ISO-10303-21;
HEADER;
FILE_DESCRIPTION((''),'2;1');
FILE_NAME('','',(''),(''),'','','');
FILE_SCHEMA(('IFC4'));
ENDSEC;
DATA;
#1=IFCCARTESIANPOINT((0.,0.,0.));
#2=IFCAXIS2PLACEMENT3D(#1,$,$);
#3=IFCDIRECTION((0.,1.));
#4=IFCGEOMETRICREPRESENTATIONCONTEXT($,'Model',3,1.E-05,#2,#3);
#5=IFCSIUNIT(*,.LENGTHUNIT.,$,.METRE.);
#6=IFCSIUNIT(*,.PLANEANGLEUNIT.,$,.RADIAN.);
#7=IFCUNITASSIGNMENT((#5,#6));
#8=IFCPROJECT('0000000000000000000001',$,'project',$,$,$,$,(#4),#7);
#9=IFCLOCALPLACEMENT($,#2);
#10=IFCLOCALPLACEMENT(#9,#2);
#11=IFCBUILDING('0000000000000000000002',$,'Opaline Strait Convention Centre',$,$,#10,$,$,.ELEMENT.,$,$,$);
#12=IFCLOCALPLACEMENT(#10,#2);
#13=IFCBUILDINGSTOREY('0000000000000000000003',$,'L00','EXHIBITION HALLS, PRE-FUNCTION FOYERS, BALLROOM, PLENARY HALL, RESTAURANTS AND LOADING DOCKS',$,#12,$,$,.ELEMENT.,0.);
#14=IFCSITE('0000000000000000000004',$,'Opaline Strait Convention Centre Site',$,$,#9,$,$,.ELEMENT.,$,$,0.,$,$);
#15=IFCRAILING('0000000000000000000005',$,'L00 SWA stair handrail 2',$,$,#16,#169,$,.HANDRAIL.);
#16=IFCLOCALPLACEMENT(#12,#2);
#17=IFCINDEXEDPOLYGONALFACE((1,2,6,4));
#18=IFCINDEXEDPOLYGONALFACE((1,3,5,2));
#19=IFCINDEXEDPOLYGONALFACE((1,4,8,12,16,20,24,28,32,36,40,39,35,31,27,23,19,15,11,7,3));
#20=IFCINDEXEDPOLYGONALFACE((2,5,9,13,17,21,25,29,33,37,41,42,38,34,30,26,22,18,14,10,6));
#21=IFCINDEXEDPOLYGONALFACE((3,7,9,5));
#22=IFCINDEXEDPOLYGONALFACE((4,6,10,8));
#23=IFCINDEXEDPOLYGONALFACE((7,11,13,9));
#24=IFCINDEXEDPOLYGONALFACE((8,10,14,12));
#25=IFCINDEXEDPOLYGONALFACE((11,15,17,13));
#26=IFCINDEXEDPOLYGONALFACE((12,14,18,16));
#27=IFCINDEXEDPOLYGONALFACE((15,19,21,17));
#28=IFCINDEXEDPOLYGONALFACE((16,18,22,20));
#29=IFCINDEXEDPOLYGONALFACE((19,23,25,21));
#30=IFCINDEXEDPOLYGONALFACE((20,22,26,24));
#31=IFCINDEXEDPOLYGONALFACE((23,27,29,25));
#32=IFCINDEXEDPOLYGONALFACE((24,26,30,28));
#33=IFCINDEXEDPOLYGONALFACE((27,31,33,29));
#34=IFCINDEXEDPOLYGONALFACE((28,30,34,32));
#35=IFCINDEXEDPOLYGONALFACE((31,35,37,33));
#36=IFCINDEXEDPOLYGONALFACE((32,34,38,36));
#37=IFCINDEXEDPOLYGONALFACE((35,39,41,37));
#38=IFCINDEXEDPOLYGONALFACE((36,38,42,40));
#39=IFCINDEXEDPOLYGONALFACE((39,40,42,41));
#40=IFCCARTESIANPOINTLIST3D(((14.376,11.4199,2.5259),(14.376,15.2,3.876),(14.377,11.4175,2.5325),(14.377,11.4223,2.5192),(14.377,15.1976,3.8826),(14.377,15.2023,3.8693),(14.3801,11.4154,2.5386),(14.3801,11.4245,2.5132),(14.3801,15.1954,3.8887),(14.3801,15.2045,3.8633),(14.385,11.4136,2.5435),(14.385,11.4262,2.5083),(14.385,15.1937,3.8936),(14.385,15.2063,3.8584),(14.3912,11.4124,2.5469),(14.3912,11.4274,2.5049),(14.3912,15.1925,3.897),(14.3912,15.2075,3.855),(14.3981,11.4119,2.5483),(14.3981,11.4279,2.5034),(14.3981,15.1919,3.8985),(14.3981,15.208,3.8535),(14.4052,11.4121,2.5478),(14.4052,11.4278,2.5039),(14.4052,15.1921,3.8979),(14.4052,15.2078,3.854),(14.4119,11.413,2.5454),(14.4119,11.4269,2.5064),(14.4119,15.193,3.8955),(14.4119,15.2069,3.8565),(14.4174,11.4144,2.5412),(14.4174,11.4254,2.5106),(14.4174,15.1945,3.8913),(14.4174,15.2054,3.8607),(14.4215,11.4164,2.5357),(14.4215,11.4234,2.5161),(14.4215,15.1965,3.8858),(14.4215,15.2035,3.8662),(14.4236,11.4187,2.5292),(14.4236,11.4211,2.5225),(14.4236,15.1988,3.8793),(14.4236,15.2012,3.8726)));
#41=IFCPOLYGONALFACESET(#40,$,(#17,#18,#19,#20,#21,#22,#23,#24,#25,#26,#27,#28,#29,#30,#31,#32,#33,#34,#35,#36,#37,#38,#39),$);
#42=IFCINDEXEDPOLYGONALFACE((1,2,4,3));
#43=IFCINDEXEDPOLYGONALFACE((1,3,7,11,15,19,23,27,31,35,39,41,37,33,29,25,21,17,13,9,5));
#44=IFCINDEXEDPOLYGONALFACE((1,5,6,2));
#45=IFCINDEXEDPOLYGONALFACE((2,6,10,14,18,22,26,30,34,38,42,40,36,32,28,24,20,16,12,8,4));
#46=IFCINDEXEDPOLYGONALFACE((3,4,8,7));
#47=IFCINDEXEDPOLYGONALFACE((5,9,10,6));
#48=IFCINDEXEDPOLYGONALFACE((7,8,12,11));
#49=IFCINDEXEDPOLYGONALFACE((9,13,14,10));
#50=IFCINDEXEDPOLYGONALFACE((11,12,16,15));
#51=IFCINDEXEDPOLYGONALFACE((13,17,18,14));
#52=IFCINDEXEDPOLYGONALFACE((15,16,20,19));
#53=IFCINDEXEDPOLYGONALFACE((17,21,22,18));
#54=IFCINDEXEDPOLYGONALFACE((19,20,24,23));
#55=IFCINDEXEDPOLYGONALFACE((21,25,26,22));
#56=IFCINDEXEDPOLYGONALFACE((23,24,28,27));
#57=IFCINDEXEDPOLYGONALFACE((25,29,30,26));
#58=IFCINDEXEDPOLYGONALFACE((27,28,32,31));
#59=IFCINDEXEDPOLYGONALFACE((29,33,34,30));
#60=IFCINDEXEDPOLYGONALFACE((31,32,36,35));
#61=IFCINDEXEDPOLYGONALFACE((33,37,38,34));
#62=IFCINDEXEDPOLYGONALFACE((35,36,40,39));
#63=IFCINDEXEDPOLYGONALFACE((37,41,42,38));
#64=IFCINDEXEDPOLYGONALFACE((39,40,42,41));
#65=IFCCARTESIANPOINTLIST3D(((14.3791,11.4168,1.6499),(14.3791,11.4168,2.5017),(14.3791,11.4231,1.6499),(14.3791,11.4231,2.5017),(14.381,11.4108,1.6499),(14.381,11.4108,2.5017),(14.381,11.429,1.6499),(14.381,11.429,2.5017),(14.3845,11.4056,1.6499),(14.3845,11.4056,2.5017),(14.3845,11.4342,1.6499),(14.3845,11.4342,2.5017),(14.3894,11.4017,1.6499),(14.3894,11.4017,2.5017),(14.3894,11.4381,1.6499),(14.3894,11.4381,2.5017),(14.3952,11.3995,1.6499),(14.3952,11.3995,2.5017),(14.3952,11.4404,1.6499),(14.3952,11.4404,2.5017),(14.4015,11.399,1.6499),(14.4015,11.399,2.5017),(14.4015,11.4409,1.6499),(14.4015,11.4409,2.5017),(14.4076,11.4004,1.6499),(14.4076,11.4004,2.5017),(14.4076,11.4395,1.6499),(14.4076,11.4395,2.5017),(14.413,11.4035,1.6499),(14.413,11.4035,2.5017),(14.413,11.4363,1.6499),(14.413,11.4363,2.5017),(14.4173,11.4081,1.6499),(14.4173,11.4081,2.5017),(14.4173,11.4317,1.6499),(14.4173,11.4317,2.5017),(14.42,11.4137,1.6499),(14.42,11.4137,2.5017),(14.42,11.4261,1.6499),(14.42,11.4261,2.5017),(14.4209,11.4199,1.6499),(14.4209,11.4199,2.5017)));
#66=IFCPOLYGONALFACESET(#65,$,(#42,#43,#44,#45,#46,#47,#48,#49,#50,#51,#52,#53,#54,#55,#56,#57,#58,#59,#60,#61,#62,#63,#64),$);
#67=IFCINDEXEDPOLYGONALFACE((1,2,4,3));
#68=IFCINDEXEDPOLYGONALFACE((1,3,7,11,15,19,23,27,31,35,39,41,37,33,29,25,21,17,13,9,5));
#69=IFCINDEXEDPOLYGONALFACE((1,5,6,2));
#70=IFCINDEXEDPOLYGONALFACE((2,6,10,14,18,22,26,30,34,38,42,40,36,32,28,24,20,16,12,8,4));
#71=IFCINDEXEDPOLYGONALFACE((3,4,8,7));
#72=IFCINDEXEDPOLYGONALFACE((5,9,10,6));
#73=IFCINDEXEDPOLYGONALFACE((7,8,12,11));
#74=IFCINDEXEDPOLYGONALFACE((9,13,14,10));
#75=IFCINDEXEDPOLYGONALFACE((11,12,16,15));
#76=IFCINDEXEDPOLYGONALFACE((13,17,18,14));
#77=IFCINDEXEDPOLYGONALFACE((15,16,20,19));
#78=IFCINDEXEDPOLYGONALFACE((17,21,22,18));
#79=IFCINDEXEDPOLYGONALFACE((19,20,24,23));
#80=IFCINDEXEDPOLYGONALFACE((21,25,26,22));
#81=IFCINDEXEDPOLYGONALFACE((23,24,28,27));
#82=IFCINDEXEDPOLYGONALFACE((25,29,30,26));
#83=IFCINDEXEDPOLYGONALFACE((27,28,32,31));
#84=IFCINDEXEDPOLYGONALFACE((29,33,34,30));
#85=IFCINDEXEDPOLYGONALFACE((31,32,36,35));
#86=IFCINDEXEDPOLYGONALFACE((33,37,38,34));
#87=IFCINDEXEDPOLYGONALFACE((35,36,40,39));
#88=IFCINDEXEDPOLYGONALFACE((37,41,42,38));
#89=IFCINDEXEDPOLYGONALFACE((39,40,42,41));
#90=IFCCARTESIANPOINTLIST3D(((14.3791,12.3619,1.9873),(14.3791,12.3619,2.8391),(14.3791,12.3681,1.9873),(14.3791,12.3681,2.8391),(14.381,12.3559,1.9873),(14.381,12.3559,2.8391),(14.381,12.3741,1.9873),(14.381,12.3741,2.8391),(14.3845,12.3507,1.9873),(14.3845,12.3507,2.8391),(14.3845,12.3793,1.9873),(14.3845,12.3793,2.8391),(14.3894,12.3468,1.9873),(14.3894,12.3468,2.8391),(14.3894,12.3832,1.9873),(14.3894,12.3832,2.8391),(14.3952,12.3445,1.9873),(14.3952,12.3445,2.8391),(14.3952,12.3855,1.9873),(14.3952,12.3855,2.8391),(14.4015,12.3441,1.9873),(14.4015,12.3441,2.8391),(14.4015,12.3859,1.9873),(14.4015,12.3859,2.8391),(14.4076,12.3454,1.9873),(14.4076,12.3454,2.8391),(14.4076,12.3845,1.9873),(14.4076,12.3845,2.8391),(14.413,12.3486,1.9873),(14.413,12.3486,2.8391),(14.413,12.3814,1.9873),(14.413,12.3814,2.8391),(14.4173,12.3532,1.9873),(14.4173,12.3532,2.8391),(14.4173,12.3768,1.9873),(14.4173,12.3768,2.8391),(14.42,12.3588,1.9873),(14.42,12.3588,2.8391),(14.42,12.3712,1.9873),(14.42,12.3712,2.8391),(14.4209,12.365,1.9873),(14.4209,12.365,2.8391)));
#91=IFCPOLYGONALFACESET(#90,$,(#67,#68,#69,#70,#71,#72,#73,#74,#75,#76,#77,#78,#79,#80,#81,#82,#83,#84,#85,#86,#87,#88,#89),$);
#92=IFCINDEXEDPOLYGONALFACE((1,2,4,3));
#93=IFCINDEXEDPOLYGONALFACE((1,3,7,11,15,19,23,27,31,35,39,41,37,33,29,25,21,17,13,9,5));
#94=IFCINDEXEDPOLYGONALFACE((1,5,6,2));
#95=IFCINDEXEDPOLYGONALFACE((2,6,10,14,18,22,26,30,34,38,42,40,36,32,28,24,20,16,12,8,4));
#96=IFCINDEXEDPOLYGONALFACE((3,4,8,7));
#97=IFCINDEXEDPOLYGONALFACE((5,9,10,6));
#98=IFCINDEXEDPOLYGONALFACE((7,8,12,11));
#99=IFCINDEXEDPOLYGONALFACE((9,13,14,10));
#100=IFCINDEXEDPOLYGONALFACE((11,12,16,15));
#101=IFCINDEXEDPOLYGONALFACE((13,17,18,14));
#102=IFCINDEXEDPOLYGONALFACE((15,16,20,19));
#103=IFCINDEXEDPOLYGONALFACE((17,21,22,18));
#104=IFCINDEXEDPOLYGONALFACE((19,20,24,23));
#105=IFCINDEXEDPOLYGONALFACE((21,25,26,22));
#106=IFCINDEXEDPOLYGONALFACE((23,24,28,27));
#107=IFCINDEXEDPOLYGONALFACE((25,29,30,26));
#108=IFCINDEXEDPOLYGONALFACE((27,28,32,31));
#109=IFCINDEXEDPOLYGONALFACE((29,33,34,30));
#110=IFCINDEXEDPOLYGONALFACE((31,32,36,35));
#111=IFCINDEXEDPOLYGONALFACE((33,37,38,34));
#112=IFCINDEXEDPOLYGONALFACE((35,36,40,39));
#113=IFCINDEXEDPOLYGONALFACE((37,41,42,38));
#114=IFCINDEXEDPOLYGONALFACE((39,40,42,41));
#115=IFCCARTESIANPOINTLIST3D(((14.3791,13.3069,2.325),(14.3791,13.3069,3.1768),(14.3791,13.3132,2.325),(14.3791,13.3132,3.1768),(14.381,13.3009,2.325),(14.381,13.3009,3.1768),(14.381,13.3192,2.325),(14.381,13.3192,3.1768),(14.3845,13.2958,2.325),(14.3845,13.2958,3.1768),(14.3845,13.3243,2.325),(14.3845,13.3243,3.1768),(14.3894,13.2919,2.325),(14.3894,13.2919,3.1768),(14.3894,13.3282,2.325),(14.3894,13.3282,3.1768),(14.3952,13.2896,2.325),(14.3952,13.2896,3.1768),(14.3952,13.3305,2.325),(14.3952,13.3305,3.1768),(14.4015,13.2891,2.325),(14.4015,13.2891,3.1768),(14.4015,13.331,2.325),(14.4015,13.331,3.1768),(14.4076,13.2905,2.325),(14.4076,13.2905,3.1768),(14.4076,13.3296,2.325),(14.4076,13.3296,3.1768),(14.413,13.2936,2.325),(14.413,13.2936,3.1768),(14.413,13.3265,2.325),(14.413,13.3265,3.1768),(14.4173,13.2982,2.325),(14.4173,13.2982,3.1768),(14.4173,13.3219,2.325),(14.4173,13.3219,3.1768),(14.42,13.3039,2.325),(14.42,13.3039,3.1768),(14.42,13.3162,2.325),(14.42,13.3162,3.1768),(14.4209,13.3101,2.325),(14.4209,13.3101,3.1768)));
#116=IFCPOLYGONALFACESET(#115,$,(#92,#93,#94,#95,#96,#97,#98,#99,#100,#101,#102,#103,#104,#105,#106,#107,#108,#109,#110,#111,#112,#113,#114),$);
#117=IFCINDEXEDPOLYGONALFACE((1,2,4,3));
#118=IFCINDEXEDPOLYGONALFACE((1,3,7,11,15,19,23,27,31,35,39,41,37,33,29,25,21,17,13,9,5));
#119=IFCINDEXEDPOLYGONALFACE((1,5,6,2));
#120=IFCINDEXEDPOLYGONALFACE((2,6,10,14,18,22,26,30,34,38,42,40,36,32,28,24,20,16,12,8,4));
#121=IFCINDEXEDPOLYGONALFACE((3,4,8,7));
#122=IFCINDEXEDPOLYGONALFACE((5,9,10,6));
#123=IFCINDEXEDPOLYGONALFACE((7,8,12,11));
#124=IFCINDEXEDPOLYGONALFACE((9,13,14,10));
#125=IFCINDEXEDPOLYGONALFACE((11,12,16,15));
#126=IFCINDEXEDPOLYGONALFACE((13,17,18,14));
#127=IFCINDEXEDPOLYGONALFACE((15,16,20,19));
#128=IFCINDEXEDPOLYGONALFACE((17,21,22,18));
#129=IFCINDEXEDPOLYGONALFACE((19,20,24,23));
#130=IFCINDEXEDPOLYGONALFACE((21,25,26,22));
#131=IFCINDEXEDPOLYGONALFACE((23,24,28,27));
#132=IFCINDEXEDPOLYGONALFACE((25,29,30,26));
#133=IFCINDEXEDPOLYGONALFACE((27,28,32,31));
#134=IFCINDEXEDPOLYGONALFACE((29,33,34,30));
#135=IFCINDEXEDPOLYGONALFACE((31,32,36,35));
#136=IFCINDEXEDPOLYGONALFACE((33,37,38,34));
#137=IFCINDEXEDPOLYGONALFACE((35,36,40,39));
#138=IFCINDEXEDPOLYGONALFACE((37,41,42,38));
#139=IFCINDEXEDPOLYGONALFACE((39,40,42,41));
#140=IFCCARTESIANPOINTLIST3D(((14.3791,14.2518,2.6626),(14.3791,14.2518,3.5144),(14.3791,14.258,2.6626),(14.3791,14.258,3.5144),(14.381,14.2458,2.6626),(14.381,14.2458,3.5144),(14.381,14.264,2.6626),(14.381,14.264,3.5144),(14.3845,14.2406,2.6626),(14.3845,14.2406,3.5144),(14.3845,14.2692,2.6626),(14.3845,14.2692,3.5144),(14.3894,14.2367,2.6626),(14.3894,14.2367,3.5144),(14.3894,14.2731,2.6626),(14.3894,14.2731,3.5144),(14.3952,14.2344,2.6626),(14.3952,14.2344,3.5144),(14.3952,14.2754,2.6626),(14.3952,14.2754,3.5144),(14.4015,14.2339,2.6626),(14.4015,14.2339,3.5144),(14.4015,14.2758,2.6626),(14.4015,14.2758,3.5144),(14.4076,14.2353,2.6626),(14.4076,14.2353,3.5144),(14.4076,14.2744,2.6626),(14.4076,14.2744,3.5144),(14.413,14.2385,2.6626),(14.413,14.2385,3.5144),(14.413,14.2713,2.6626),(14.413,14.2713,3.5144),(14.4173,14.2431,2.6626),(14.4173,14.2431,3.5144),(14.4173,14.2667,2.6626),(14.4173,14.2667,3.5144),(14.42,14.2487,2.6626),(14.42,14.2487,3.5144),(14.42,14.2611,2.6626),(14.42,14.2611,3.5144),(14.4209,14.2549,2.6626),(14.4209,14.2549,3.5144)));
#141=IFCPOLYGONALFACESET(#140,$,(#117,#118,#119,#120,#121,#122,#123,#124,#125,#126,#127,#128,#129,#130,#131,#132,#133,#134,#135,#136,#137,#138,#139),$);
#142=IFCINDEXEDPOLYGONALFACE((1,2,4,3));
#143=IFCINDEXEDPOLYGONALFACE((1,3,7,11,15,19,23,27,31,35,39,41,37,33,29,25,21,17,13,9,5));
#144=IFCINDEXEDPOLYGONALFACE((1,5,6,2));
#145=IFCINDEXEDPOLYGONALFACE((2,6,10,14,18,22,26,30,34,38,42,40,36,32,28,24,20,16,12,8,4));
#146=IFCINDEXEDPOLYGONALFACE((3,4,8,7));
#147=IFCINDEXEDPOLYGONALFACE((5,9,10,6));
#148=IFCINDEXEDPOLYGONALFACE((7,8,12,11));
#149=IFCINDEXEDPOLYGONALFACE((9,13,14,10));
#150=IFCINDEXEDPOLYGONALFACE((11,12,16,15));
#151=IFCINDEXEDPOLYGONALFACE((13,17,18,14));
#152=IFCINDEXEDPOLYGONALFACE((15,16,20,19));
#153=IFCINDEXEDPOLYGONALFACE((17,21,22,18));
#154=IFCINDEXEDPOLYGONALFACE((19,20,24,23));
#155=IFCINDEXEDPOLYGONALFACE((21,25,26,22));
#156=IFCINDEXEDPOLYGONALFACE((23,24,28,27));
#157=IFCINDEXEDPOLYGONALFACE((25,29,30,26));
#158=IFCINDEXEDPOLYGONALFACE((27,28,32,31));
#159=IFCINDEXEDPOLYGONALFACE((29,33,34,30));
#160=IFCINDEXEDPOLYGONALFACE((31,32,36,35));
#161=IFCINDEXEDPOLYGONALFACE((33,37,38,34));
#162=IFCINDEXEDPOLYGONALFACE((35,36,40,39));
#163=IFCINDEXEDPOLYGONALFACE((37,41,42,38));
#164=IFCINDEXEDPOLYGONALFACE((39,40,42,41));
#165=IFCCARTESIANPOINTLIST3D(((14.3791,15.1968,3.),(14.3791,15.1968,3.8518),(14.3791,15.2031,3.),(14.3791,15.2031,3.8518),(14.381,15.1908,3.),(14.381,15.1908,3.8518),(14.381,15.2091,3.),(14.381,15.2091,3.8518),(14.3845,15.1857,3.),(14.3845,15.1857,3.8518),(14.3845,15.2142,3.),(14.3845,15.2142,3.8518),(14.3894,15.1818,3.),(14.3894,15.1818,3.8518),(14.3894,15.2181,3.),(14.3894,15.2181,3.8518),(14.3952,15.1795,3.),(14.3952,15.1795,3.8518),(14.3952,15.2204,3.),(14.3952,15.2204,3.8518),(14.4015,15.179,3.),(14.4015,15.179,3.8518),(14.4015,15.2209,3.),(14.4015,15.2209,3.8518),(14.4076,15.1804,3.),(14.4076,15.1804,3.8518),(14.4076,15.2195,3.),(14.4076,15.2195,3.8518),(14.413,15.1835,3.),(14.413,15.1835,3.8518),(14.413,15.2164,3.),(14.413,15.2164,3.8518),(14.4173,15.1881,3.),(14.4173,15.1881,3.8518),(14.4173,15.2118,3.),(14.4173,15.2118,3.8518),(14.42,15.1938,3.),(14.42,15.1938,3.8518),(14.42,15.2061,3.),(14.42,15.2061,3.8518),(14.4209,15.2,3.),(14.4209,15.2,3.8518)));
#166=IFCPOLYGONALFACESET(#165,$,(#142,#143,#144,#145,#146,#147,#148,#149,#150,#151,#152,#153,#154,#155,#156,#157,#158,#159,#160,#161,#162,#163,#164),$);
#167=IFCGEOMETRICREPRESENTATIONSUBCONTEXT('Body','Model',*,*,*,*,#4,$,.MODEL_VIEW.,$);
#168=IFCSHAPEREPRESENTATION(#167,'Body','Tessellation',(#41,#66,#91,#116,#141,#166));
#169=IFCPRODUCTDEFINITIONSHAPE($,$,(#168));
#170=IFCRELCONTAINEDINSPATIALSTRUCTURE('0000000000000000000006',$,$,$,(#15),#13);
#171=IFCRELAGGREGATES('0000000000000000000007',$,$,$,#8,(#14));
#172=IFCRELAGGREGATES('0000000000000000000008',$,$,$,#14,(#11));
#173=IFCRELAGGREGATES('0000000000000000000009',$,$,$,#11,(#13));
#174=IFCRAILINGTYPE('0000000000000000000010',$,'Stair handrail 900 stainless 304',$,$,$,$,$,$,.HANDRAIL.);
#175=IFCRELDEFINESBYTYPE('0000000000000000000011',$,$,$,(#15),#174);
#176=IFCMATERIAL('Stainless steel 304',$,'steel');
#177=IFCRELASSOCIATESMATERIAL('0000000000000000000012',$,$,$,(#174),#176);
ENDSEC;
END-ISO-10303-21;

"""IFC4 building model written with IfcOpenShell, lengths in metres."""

from ifc_helpers import new_model, si_unit, direction, frame, origin, origin_2d, place, context, subcontext, project, spatial, circle, extrude, material, type_object, element, save


model = new_model("IFC4")

# Units and contexts
model_context = context("Model", 3, precision=1e-05, world=origin(), true_north=direction((0.0, 1.0)))
body_context = subcontext(model_context, "Body", "Model", "MODEL_VIEW")
ifc_project = project(units=[si_unit("LENGTHUNIT", "METRE"), si_unit("PLANEANGLEUNIT", "RADIAN")], contexts=[model_context])

# Site, building, storey
site_placement = place(None, origin())
site = spatial("IfcSite", under=ifc_project, at=site_placement, Name="Opaline Strait Convention Centre Site", CompositionType="ELEMENT", RefElevation=0.0)
building_placement = place(site_placement, origin())
building = spatial("IfcBuilding", under=site, at=building_placement, Name="Opaline Strait Convention Centre", CompositionType="ELEMENT")
storey_placement = place(building_placement, origin())
storey = spatial("IfcBuildingStorey", under=building, at=storey_placement, Name="L00", Description="EXHIBITION HALLS, PRE-FUNCTION FOYERS, BALLROOM, PLENARY HALL, RESTAURANTS AND LOADING DOCKS", CompositionType="ELEMENT", Elevation=0.0)

# Railing
ifc_material_1 = material(Name="Stainless steel 304", Category="steel")
railing_type_1 = type_object("IfcRailingType", Name="Stair handrail 900 stainless 304", PredefinedType="HANDRAIL", material=ifc_material_1)
for number, where, name in (
    (1, (14.3999, 11.4199, 1.6499), "L00 SWA stair handrail 2"),
):
    element("IfcRailing", number, at=place(storey_placement, frame(where)), inside=storey, type_object=railing_type_1, Name=name, PredefinedType="HANDRAIL", context=body_context, shape_type="SweptSolid", body=[
        extrude(circle(Radius=0.0239, at=origin_2d()), frame((0.0, 0.0, 0.876), z_axis=(0.0, 0.941735, 0.336356), x_axis=(-1.0, 0.0, 0.0)), (0.0, 0.0, 1.0), 4.0139),
        extrude(circle(Radius=0.021, at=origin_2d()), origin(), (0.0, 0.0, 1.0), 0.8518),
        extrude(circle(Radius=0.021, at=origin_2d()), frame((0.0, 0.9451, 0.3374)), (0.0, 0.0, 1.0), 0.8518),
        extrude(circle(Radius=0.021, at=origin_2d()), frame((0.0, 1.8901, 0.675)), (0.0, 0.0, 1.0), 0.8518),
        extrude(circle(Radius=0.021, at=origin_2d()), frame((0.0, 2.835, 1.0127)), (0.0, 0.0, 1.0), 0.8518),
        extrude(circle(Radius=0.021, at=origin_2d()), frame((0.0, 3.78, 1.3501)), (0.0, 0.0, 1.0), 0.8518),
    ])

save(model, "model.ifc")
